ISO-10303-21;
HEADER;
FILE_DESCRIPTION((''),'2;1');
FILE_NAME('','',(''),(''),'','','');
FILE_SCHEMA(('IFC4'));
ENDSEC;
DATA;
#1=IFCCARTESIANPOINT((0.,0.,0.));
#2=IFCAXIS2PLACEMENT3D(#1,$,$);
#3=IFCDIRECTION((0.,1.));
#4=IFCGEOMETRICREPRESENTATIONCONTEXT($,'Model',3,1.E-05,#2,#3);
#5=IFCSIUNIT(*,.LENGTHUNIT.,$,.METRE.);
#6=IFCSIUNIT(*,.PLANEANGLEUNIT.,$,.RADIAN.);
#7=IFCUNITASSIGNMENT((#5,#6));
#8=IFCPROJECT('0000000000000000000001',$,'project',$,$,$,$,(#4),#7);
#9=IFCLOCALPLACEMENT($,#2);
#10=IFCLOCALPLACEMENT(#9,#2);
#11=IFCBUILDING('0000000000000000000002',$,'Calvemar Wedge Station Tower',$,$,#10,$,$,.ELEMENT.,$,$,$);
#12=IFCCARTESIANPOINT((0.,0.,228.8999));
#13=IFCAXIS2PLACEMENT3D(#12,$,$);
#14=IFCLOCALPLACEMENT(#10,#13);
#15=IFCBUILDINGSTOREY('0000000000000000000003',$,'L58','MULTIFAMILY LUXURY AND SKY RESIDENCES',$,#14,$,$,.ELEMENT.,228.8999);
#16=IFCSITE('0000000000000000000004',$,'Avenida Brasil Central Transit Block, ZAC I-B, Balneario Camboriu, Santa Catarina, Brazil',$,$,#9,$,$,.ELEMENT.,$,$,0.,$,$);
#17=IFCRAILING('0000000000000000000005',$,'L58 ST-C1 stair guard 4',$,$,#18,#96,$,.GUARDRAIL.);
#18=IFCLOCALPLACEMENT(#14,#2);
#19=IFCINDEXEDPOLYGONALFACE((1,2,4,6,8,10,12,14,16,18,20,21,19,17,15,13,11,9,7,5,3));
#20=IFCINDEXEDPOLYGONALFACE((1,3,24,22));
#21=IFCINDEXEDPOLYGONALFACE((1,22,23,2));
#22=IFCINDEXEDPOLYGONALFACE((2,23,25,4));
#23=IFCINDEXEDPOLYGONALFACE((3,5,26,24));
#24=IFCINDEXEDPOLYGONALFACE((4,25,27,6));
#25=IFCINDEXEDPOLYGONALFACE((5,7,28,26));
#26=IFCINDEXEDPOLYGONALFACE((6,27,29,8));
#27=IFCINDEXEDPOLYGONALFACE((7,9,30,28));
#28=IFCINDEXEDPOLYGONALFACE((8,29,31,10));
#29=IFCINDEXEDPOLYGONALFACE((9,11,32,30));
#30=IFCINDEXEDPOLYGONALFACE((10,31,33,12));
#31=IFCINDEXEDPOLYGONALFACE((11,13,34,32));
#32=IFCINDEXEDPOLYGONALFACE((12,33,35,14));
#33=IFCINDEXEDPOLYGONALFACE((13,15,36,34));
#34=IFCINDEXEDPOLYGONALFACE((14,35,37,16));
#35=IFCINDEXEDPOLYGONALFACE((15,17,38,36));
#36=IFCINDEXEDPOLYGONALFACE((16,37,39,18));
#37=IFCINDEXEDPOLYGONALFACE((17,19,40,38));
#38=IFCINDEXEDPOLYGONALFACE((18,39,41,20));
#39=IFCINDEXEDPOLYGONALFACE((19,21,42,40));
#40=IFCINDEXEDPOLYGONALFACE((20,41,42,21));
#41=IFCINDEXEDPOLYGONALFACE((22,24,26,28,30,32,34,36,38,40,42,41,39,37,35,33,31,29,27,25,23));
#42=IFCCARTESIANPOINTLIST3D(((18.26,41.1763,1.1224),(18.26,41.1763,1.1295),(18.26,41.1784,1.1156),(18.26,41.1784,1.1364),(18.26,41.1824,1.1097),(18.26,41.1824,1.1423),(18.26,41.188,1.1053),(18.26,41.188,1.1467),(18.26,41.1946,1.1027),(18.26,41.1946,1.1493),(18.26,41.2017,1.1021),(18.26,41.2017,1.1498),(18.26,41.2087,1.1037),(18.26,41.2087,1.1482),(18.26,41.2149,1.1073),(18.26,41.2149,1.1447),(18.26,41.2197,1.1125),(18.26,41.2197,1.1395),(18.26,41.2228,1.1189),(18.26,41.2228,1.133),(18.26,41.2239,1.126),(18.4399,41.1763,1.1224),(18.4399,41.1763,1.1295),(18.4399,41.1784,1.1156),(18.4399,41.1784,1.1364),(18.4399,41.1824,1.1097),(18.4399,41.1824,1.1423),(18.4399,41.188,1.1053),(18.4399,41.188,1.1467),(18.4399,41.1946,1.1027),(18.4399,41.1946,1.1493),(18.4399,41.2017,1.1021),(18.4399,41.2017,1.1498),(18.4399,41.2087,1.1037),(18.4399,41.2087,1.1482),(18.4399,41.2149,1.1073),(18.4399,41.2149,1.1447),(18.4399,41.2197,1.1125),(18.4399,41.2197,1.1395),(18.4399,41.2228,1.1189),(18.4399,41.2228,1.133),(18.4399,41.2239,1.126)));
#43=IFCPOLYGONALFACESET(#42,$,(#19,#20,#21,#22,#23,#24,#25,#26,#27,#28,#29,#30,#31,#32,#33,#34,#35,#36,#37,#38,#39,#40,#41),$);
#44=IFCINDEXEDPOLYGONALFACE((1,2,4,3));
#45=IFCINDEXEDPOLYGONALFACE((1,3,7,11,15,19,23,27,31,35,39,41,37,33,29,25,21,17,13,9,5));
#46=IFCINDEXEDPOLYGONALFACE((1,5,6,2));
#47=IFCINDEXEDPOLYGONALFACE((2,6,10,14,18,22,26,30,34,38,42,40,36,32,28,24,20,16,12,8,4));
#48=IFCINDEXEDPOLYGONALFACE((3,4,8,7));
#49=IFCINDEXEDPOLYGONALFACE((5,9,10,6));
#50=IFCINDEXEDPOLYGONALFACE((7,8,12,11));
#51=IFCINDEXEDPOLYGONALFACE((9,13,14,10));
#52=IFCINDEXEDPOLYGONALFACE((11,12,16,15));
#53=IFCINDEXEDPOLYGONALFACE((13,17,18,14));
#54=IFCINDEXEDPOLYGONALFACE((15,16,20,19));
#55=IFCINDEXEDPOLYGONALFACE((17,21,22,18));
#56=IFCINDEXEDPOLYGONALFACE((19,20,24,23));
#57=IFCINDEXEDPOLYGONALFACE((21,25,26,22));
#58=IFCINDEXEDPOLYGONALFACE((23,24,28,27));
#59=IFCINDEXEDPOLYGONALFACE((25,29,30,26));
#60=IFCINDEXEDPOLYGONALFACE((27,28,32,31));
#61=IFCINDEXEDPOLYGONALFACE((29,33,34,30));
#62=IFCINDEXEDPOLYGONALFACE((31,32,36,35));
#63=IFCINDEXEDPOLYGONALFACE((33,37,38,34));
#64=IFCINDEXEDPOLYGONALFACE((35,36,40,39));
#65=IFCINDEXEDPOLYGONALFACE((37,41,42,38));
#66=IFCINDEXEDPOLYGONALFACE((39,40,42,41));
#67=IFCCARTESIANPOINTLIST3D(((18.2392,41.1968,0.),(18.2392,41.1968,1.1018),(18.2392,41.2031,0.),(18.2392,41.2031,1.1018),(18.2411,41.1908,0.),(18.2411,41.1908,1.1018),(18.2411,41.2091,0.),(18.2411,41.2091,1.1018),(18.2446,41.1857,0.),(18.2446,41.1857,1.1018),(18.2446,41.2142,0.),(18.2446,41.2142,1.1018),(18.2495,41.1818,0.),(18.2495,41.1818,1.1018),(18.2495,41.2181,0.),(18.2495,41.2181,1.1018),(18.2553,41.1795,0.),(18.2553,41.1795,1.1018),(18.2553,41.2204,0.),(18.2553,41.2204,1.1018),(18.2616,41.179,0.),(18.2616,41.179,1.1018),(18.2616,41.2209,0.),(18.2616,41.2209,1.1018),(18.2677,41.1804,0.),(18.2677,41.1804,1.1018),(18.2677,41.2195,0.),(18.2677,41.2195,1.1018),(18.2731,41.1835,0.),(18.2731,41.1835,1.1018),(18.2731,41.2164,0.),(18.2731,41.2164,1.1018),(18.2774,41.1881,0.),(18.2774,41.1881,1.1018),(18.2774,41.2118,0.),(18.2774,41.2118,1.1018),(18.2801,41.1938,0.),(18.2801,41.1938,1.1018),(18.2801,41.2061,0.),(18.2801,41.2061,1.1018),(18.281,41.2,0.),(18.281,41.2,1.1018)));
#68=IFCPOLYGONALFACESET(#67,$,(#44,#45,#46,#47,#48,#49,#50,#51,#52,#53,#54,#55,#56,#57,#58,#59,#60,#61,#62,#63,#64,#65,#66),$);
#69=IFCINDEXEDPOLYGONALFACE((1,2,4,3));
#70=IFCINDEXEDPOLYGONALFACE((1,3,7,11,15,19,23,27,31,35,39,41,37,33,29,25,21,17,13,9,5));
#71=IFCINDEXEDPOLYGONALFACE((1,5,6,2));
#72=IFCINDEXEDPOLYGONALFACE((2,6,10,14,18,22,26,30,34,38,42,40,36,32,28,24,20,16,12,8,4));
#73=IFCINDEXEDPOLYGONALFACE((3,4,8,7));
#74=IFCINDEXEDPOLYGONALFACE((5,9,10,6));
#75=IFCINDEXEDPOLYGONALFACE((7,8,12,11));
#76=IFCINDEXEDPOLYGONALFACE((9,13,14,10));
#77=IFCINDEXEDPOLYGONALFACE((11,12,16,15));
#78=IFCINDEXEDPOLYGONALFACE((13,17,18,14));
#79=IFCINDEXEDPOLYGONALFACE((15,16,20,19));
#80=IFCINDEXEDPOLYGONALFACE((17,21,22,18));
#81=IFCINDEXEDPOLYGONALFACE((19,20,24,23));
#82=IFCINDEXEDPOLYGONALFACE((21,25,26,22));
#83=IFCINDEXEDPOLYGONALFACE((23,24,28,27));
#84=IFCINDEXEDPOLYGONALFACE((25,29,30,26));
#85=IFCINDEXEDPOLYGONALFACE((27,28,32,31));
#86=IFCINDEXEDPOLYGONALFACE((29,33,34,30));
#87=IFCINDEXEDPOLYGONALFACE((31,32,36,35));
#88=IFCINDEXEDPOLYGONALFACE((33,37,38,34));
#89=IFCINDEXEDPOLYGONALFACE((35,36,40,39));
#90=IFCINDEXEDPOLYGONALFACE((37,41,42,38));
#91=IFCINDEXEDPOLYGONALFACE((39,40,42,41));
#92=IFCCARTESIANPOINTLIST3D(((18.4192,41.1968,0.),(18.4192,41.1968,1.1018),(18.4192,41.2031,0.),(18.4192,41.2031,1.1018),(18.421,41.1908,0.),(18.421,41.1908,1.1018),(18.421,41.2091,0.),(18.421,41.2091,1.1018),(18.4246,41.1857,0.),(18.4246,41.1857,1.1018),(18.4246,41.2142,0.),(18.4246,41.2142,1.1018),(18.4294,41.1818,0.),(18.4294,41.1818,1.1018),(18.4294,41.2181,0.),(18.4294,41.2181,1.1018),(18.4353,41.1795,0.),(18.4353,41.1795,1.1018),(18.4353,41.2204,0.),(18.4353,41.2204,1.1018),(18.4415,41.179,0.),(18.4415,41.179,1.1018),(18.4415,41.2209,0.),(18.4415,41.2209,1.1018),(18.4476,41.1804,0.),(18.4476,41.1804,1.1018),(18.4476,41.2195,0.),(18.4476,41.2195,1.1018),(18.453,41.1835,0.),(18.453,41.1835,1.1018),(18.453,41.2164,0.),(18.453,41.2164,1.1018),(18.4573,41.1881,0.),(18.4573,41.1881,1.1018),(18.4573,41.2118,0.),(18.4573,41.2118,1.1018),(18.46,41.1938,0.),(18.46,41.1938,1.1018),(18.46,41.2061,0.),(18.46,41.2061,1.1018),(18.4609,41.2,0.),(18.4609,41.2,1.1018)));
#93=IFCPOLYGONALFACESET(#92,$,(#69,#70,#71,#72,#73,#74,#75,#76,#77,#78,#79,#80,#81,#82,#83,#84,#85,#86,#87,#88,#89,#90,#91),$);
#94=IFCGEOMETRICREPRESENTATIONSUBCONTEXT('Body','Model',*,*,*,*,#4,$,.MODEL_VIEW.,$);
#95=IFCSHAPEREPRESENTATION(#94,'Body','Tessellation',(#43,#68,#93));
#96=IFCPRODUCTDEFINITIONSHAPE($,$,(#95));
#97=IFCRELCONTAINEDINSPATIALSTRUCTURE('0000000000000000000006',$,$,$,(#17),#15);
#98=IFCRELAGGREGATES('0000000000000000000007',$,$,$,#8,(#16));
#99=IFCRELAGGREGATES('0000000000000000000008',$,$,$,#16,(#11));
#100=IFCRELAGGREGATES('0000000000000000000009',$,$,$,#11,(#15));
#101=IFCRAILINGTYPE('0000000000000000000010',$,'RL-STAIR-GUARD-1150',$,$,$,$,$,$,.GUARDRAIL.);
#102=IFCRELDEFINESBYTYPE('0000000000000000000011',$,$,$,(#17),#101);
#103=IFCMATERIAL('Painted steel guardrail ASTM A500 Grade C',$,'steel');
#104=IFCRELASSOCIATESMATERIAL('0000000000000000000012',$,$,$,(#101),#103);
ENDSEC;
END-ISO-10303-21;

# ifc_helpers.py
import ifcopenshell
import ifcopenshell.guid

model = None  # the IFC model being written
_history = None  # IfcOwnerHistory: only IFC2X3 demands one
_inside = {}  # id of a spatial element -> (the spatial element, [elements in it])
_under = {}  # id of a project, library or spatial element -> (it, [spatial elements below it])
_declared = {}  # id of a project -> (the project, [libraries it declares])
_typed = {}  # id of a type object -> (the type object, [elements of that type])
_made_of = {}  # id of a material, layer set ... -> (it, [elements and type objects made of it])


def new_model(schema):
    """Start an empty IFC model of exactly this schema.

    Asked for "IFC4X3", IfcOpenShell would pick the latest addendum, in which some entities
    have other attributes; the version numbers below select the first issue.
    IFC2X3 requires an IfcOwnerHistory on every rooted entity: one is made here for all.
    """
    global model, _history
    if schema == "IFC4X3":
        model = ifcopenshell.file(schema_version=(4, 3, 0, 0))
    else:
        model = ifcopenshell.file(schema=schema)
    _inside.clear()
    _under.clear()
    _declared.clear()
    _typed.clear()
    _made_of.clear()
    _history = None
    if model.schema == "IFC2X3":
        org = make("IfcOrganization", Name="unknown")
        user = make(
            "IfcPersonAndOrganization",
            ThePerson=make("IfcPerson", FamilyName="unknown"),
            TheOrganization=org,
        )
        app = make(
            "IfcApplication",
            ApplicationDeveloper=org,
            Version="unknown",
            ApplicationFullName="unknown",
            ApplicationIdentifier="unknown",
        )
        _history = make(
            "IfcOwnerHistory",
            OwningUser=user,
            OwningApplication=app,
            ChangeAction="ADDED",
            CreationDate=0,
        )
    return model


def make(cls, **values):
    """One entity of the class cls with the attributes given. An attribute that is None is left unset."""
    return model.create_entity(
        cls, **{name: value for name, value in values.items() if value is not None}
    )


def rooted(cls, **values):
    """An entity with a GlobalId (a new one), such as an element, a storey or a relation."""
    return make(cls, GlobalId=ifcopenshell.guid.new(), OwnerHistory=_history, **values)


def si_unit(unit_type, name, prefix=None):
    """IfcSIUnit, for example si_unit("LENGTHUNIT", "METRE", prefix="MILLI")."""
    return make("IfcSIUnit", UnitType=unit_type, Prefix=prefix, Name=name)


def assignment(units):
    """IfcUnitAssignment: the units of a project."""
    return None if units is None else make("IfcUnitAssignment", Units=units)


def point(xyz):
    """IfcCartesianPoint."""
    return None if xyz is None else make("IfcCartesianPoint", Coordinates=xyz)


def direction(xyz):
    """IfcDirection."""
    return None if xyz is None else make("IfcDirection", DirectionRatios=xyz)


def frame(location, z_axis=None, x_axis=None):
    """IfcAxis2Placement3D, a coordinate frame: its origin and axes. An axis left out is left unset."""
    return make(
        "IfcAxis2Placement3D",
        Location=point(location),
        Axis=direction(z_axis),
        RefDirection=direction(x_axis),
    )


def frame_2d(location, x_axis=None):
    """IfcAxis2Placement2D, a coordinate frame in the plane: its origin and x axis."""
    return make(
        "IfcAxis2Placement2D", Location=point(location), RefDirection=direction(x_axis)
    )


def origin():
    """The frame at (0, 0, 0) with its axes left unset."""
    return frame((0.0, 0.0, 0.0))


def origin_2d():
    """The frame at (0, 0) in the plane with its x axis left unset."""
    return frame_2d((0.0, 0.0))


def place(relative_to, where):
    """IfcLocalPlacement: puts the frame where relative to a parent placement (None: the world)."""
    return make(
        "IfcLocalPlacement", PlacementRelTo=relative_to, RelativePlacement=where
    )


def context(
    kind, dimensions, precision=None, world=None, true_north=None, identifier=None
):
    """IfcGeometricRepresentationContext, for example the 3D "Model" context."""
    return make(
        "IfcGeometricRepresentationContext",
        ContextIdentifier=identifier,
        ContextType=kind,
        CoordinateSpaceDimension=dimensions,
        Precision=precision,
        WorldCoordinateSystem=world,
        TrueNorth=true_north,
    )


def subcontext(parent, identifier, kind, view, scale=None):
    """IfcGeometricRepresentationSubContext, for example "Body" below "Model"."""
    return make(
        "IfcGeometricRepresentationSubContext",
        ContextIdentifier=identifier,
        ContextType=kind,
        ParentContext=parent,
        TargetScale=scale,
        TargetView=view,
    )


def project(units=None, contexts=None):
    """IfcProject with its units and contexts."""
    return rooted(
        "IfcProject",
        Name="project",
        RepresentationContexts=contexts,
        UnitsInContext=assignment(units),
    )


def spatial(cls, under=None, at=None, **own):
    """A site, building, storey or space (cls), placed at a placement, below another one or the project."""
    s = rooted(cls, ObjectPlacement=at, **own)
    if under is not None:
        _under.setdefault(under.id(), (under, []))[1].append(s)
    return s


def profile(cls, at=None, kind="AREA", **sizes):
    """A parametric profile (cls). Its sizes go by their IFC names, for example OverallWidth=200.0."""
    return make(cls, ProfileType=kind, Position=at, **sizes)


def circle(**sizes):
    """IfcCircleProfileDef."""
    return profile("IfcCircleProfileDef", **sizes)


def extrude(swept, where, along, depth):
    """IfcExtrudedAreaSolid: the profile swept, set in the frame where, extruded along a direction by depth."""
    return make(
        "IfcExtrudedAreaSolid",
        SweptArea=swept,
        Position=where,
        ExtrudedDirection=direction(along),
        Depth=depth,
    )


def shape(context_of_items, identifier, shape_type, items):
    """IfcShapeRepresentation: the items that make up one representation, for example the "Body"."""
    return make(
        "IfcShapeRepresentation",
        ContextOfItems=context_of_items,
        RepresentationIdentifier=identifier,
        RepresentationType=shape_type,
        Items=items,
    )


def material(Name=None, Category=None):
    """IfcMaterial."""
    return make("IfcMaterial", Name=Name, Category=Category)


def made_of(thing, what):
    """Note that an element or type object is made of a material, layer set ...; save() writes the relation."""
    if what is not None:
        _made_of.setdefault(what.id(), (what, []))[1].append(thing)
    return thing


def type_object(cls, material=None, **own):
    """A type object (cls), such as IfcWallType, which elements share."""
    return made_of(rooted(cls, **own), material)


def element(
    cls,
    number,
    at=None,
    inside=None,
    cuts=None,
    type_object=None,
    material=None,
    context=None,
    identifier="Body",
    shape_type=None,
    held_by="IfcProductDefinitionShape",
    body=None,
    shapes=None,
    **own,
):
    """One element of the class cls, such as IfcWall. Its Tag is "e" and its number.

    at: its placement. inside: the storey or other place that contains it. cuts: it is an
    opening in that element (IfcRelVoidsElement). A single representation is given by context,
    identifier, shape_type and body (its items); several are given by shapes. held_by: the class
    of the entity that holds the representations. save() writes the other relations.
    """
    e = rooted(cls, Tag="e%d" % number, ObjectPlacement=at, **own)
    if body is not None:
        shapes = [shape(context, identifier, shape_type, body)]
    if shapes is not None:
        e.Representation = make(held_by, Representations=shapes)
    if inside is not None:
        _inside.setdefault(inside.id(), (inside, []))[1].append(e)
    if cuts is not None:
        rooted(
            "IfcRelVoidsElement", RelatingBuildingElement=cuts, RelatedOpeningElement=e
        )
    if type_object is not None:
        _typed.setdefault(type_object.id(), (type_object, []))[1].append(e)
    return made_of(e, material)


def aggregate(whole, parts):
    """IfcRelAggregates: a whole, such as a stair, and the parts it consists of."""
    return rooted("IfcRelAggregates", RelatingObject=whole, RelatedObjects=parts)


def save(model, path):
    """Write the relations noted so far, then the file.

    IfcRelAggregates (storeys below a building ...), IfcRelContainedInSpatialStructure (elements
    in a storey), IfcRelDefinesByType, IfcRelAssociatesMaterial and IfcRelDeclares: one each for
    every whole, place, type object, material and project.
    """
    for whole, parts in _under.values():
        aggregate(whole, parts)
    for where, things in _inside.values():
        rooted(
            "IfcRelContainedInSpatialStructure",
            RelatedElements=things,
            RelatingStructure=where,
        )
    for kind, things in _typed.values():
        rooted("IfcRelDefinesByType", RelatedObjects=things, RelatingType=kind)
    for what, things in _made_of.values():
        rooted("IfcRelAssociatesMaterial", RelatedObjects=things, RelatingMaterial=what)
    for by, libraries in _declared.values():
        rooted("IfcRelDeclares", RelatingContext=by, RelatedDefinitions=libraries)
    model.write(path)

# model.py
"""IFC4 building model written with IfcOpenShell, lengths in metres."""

from ifc_helpers import new_model, si_unit, direction, frame, origin, origin_2d, place, context, subcontext, project, spatial, circle, extrude, material, type_object, element, save


model = new_model("IFC4")

# Units and contexts
model_context = context("Model", 3, precision=1e-05, world=origin(), true_north=direction((0.0, 1.0)))
body_context = subcontext(model_context, "Body", "Model", "MODEL_VIEW")
ifc_project = project(units=[si_unit("LENGTHUNIT", "METRE"), si_unit("PLANEANGLEUNIT", "RADIAN")], contexts=[model_context])

# Site, building, storey
site_placement = place(None, origin())
site = spatial("IfcSite", under=ifc_project, at=site_placement, Name="Avenida Brasil Central Transit Block, ZAC I-B, Balneario Camboriu, Santa Catarina, Brazil", CompositionType="ELEMENT", RefElevation=0.0)
building_placement = place(site_placement, origin())
building = spatial("IfcBuilding", under=site, at=building_placement, Name="Calvemar Wedge Station Tower", CompositionType="ELEMENT")
storey_placement = place(building_placement, frame((0.0, 0.0, 228.8999)))
storey = spatial("IfcBuildingStorey", under=building, at=storey_placement, Name="L58", Description="MULTIFAMILY LUXURY AND SKY RESIDENCES", CompositionType="ELEMENT", Elevation=228.8999)

# Railing
ifc_material_1 = material(Name="Painted steel guardrail ASTM A500 Grade C", Category="steel")
railing_type_1 = type_object("IfcRailingType", Name="RL-STAIR-GUARD-1150", PredefinedType="GUARDRAIL", material=ifc_material_1)
railing_1_placement = place(storey_placement, frame((18.26, 41.2, 0.0)))
element("IfcRailing", 1, at=railing_1_placement, inside=storey, type_object=railing_type_1, Name="L58 ST-C1 stair guard 4", PredefinedType="GUARDRAIL", context=body_context, shape_type="SweptSolid", body=[
    extrude(circle(Radius=0.0239, at=origin_2d()), frame((0.0, 0.0, 1.126), z_axis=(1.0, 0.0, 0.0), x_axis=(0.0, 1.0, 0.0)), (0.0, 0.0, 1.0), 0.1799),
    extrude(circle(Radius=0.021, at=origin_2d()), origin(), (0.0, 0.0, 1.0), 1.1018),
    extrude(circle(Radius=0.021, at=origin_2d()), frame((0.1799, 0.0, 0.0)), (0.0, 0.0, 1.0), 1.1018),
])

save(model, "model.ifc")
